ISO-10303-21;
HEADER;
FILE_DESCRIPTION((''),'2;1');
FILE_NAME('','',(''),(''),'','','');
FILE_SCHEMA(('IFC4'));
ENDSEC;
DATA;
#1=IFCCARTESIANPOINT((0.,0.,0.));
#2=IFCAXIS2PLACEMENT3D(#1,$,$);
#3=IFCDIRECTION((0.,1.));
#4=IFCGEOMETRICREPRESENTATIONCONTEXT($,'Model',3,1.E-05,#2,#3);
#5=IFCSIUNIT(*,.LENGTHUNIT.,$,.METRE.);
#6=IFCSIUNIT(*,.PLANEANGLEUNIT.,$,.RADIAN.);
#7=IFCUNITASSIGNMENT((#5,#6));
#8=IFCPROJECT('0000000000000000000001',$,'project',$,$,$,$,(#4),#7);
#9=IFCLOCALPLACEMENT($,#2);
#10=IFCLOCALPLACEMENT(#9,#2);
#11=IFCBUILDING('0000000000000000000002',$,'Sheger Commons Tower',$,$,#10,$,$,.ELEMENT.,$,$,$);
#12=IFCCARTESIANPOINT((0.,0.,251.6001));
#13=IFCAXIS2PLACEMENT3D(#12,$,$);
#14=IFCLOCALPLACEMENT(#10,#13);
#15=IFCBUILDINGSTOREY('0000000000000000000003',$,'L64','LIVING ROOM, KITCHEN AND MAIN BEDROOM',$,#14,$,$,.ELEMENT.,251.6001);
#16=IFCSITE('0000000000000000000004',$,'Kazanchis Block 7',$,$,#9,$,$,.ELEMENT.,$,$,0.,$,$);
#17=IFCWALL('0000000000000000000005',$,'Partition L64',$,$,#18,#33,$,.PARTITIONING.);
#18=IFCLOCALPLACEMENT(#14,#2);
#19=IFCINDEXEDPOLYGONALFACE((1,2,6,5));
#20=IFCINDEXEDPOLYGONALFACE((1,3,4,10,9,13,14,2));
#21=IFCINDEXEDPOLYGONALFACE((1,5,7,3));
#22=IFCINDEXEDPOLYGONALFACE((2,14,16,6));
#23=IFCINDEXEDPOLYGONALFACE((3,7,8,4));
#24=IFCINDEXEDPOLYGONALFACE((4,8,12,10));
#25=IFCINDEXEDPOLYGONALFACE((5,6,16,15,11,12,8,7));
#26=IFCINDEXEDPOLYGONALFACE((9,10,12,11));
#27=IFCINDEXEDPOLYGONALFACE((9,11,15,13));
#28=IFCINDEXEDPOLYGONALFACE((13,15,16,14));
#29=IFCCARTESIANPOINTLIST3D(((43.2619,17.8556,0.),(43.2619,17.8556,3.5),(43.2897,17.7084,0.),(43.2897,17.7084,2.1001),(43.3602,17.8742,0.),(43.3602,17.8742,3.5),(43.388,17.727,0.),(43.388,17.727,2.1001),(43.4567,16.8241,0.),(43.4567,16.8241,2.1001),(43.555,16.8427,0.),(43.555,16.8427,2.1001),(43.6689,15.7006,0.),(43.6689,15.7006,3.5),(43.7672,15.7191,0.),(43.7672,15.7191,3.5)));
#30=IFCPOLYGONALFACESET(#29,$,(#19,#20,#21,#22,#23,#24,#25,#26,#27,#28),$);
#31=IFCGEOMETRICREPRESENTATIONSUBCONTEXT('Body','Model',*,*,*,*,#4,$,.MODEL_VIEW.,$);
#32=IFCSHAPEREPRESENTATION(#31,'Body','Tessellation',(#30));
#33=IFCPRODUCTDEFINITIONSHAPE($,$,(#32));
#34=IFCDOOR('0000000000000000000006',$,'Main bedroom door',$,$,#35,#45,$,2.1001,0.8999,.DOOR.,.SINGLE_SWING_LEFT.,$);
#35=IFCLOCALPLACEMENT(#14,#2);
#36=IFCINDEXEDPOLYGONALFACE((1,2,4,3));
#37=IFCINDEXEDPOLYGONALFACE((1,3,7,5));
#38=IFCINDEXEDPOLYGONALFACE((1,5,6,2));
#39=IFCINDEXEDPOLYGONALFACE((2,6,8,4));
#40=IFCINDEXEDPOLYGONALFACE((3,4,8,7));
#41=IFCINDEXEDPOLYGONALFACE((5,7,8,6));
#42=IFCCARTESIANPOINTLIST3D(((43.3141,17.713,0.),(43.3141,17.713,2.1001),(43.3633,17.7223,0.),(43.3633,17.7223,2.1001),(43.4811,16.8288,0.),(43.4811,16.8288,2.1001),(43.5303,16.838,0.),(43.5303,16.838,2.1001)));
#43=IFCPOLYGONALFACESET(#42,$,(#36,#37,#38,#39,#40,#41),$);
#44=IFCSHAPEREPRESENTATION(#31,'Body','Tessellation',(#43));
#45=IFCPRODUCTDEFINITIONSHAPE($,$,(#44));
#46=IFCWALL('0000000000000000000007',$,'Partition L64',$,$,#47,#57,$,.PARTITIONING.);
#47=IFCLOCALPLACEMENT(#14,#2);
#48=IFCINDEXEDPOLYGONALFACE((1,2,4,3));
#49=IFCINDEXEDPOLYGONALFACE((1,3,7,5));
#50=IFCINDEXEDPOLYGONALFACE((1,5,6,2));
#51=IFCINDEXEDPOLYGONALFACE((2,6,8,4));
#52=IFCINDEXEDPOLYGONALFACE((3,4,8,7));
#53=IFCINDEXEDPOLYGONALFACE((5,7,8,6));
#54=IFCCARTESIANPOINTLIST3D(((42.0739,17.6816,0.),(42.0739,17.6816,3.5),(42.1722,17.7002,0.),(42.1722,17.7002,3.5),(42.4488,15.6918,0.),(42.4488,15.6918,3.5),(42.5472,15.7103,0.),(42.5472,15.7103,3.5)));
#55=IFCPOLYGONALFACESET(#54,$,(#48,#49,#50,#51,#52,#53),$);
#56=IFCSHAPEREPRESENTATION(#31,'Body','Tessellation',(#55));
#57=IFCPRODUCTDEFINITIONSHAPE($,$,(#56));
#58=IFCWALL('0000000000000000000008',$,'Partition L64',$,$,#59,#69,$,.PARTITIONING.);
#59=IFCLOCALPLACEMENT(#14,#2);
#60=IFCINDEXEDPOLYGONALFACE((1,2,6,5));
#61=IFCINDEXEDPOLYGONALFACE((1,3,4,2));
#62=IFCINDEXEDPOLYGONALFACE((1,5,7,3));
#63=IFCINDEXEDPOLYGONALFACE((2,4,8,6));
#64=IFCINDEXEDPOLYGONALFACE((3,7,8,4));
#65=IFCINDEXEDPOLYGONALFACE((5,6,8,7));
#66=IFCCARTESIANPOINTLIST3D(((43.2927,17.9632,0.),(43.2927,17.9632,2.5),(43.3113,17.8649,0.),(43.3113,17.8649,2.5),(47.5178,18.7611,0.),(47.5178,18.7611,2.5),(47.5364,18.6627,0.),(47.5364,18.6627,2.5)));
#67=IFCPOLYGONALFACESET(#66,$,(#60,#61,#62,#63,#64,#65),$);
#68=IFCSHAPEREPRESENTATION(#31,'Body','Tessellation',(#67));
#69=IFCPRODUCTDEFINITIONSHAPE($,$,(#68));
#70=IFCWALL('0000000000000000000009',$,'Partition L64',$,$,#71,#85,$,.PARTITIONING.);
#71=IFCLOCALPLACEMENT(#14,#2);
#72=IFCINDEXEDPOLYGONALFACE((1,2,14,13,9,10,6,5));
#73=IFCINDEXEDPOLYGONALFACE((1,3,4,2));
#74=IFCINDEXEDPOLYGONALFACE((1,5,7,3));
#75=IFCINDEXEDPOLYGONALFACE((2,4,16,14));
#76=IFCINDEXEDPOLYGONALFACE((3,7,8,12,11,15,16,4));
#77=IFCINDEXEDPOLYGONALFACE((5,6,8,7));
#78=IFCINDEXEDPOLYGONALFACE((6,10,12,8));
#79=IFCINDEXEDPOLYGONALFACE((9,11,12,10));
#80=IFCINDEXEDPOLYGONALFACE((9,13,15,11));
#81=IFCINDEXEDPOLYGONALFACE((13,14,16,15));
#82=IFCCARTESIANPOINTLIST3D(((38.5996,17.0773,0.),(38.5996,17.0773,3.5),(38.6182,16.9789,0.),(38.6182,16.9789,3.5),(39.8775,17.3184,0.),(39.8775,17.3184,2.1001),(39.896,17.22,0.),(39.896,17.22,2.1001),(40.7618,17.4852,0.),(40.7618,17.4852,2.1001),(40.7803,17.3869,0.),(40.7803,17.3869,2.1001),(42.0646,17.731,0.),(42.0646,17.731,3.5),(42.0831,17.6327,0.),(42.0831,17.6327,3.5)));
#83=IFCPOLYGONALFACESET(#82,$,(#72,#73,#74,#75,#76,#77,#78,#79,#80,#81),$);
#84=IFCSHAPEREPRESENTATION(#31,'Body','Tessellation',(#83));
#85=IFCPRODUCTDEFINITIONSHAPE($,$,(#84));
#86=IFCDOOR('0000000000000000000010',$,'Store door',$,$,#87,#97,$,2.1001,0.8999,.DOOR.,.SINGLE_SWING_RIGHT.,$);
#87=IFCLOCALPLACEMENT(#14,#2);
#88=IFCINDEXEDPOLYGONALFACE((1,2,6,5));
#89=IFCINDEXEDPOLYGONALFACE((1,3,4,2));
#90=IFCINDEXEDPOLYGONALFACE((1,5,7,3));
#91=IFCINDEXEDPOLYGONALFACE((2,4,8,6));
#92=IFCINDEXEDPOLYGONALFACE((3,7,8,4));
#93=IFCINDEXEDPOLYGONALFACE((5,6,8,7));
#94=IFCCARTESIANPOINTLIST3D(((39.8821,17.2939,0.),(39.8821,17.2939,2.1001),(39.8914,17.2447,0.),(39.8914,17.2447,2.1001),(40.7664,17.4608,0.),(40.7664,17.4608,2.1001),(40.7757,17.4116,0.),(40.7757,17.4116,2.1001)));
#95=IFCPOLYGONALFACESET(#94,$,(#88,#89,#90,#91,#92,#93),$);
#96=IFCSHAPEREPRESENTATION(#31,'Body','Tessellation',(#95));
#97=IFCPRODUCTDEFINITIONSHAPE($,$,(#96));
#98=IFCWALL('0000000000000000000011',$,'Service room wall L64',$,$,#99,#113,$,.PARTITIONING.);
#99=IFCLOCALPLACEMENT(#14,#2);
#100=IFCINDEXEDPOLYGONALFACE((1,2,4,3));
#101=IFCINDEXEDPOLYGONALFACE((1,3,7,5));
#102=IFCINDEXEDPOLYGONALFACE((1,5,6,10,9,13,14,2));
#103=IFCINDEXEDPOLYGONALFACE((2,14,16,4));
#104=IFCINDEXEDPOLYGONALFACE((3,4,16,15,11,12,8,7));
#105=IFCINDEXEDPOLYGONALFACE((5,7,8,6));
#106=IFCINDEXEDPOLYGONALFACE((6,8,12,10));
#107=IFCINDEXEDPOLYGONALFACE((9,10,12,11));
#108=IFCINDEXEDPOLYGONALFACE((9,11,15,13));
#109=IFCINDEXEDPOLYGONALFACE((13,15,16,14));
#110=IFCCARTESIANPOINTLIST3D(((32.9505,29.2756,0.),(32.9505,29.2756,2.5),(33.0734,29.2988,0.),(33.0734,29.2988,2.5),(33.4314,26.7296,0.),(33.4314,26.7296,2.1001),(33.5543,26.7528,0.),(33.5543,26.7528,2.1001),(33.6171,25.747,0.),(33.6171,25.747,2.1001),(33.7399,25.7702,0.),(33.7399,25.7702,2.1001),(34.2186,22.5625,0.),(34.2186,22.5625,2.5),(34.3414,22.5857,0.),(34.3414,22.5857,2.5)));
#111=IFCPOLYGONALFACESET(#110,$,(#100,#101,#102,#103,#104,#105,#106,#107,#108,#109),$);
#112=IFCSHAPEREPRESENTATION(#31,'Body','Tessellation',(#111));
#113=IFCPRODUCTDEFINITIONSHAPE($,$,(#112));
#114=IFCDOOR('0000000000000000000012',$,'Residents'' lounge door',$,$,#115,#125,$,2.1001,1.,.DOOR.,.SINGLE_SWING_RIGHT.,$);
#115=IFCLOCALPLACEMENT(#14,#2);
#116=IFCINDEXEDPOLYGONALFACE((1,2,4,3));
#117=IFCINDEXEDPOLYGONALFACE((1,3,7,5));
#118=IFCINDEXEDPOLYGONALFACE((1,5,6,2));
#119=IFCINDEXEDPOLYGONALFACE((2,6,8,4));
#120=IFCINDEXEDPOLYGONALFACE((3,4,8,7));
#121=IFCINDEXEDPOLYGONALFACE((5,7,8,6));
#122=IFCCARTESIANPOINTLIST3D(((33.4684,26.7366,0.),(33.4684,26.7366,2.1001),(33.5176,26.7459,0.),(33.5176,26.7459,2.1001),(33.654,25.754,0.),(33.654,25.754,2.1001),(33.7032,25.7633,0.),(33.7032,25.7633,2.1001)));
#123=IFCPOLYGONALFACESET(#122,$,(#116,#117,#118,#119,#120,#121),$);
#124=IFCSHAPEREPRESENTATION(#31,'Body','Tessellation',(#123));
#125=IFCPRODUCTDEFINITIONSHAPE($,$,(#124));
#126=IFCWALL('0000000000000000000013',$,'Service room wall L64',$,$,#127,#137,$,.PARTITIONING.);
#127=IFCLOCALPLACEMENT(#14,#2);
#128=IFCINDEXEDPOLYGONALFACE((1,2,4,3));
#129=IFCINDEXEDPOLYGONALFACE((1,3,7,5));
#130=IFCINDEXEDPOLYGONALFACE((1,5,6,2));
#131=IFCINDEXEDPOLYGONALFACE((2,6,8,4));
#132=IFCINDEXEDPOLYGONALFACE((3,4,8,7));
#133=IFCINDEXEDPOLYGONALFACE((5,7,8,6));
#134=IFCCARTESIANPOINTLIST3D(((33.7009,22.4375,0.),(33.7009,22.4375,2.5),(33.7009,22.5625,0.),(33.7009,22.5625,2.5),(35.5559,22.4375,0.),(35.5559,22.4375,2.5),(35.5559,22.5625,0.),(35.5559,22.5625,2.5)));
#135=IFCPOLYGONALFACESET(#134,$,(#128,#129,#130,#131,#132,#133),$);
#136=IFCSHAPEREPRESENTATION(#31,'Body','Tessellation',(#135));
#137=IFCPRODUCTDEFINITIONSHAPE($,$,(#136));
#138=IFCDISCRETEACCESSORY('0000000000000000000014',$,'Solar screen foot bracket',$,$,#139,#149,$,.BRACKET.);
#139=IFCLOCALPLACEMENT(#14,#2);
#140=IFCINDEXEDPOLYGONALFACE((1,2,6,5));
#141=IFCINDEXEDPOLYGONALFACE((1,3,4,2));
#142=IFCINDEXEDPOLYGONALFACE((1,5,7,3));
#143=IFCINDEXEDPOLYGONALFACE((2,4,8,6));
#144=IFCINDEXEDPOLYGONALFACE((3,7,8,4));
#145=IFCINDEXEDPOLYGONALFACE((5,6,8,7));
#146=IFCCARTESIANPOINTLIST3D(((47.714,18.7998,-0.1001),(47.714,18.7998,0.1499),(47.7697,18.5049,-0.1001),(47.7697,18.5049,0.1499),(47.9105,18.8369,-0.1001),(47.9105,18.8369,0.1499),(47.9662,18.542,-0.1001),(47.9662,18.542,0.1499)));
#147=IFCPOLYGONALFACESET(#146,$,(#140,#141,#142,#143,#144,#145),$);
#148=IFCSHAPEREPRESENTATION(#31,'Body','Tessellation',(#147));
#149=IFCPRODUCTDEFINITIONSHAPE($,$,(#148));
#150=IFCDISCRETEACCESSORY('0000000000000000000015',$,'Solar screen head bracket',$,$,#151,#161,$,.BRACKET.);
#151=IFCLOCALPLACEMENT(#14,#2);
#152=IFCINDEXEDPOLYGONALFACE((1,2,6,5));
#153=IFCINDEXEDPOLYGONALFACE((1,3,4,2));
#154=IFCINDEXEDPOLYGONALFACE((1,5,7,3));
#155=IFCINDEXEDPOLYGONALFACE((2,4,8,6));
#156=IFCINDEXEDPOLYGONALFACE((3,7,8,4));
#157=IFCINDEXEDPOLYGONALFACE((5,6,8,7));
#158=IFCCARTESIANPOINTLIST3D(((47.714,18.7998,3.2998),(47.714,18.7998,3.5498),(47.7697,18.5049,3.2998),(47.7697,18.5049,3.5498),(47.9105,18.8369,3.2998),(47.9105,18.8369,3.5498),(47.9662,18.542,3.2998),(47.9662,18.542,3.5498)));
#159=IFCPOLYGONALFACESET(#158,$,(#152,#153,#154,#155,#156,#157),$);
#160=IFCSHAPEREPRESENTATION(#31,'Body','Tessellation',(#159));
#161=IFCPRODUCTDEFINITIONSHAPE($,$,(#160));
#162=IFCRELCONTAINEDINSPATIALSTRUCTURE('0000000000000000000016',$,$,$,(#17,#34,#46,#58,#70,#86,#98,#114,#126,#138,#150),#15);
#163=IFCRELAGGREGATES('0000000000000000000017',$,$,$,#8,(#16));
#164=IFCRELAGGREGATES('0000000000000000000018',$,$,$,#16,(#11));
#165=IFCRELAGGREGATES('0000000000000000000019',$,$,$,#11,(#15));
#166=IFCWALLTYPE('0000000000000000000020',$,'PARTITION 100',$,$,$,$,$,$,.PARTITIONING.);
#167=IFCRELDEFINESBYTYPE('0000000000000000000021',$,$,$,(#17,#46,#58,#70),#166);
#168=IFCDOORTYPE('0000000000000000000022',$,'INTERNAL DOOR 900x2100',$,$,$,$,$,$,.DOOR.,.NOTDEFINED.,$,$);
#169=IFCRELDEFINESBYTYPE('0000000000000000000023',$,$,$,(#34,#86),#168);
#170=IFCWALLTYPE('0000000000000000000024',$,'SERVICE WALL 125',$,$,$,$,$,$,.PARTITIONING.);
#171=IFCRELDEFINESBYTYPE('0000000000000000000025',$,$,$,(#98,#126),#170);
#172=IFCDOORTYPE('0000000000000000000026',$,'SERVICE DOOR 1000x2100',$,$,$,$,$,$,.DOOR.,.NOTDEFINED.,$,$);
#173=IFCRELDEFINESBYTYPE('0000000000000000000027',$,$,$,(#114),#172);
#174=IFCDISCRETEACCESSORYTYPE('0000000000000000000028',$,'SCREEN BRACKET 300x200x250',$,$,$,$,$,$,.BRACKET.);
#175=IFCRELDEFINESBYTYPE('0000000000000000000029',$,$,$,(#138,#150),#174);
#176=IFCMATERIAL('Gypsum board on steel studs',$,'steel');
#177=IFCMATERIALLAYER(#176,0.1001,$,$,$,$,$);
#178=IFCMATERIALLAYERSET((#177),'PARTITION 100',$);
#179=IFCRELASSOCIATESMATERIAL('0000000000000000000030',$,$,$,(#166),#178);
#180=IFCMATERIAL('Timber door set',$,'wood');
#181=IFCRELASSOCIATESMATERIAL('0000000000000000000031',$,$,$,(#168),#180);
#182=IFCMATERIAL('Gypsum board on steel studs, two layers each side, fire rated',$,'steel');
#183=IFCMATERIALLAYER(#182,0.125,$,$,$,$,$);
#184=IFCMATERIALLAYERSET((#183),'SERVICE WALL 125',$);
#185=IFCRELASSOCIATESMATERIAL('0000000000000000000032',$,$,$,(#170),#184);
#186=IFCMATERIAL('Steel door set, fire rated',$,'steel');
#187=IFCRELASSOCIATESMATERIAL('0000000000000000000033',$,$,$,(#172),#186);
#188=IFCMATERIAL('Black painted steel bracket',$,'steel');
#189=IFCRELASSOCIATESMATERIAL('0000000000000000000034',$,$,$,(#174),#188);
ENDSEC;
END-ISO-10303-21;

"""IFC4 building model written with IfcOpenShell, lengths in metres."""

from ifc_helpers import new_model, si_unit, direction, frame, frame_2d, origin, origin_2d, place, context, subcontext, project, spatial, rectangle, extrude, material, layer, layer_set, type_object, element, fill, save


model = new_model("IFC4")

# Units and contexts
model_context = context("Model", 3, precision=1e-05, world=origin(), true_north=direction((0.0, 1.0)))
body_context = subcontext(model_context, "Body", "Model", "MODEL_VIEW")
ifc_project = project(units=[si_unit("LENGTHUNIT", "METRE"), si_unit("PLANEANGLEUNIT", "RADIAN")], contexts=[model_context])

# Site, building, storey
site_placement = place(None, origin())
site = spatial("IfcSite", under=ifc_project, at=site_placement, Name="Kazanchis Block 7", CompositionType="ELEMENT", RefElevation=0.0)
building_placement = place(site_placement, origin())
building = spatial("IfcBuilding", under=site, at=building_placement, Name="Sheger Commons Tower", CompositionType="ELEMENT")
storey_placement = place(building_placement, frame((0.0, 0.0, 251.6001)))
storey = spatial("IfcBuildingStorey", under=building, at=storey_placement, Name="L64", Description="LIVING ROOM, KITCHEN AND MAIN BEDROOM", CompositionType="ELEMENT", Elevation=251.6001)

# Shared definitions
ifc_material_1 = material(Name="Gypsum board on steel studs", Category="steel")
ifc_layer_1 = layer(ifc_material_1, 0.1001)
ifc_layer_set_1 = layer_set([ifc_layer_1], Name="PARTITION 100")
wall_type_1 = type_object("IfcWallType", Name="PARTITION 100", PredefinedType="PARTITIONING", material=ifc_layer_set_1)
ifc_material_2 = material(Name="Timber door set", Category="wood")
door_type_1 = type_object("IfcDoorType", Name="INTERNAL DOOR 900x2100", OperationType="NOTDEFINED", PredefinedType="DOOR", material=ifc_material_2)

# Wall, opening, door
wall_1_placement = place(storey_placement, frame((43.311, 17.865, 0.0), z_axis=(0.0, 0.0, 1.0), x_axis=(0.185572, -0.982631, 0.0)))
wall_1 = element("IfcWall", 1, at=wall_1_placement, inside=storey, type_object=wall_type_1, Name="Partition L64", PredefinedType="PARTITIONING", context=body_context, shape_type="SweptSolid", body=[
    extrude(rectangle(XDim=2.1931, YDim=0.1001, at=frame_2d((1.0967, 0.0))), origin(), (0.0, 0.0, 1.0), 3.5),
])
opening_1_placement = place(wall_1_placement, frame((0.1499, 0.0, 0.0)))
opening_1 = element("IfcOpeningElement", 2, at=opening_1_placement, cuts=wall_1, PredefinedType="OPENING", context=body_context, shape_type="SweptSolid", body=[
    extrude(rectangle(XDim=0.8999, YDim=2.1001, at=frame_2d((0.45, 1.05))), frame((0.0, 0.0601, 0.0), z_axis=(0.0, -1.0, 0.0), x_axis=(1.0, 0.0, 0.0)), (0.0, 0.0, 1.0), 0.1201),
])
door_1_placement = place(opening_1_placement, origin())
door_1 = element("IfcDoor", 3, at=door_1_placement, inside=storey, type_object=door_type_1, Name="Main bedroom door", OperationType="SINGLE_SWING_LEFT", OverallHeight=2.1001, OverallWidth=0.8999, PredefinedType="DOOR", context=body_context, shape_type="SweptSolid", body=[
    extrude(rectangle(XDim=0.8999, YDim=2.1001, at=frame_2d((0.45, 1.05))), frame((0.0, 0.0249, 0.0), z_axis=(0.0, -1.0, 0.0), x_axis=(1.0, 0.0, 0.0)), (0.0, 0.0, 1.0), 0.05),
])
fill(opening_1, door_1)

# Walls
wall_2_placement = place(storey_placement, frame((42.123, 17.6909, 0.0), z_axis=(0.0, 0.0, 1.0), x_axis=(0.185184, -0.982704, 0.0)))
element("IfcWall", 4, at=wall_2_placement, inside=storey, type_object=wall_type_1, Name="Partition L64", PredefinedType="PARTITIONING", context=body_context, shape_type="SweptSolid", body=[
    extrude(rectangle(XDim=2.0249, YDim=0.1001, at=frame_2d((1.0125, 0.0))), origin(), (0.0, 0.0, 1.0), 3.5),
])
wall_3_placement = place(storey_placement, frame((47.5271, 18.7119, 0.0), z_axis=(0.0, 0.0, 1.0), x_axis=(-0.982634, -0.185557, 0.0)))
element("IfcWall", 5, at=wall_3_placement, inside=storey, type_object=wall_type_1, Name="Partition L64", PredefinedType="PARTITIONING", context=body_context, shape_type="SweptSolid", body=[
    extrude(rectangle(XDim=4.2998, YDim=0.1001, at=frame_2d((2.1499, 0.0))), origin(), (0.0, 0.0, 1.0), 2.5),
])

# Walls, openings, doors
wall_4_placement = place(storey_placement, frame((42.074, 17.6819, 0.0), z_axis=(0.0, 0.0, 1.0), x_axis=(-0.982661, -0.185413, 0.0)))
wall_4 = element("IfcWall", 6, at=wall_4_placement, inside=storey, type_object=wall_type_1, Name="Partition L64", PredefinedType="PARTITIONING", context=body_context, shape_type="SweptSolid", body=[
    extrude(rectangle(XDim=3.5261, YDim=0.1001, at=frame_2d((1.7632, 0.0))), origin(), (0.0, 0.0, 1.0), 3.5),
])
opening_2_placement = place(wall_4_placement, frame((1.3259, 0.0, 0.0)))
opening_2 = element("IfcOpeningElement", 7, at=opening_2_placement, cuts=wall_4, PredefinedType="OPENING", context=body_context, shape_type="SweptSolid", body=[
    extrude(rectangle(XDim=0.8999, YDim=2.1001, at=frame_2d((0.45, 1.05))), frame((0.0, 0.0601, 0.0), z_axis=(0.0, -1.0, 0.0), x_axis=(1.0, 0.0, 0.0)), (0.0, 0.0, 1.0), 0.1201),
])
door_2_placement = place(opening_2_placement, origin())
door_2 = element("IfcDoor", 8, at=door_2_placement, inside=storey, type_object=door_type_1, Name="Store door", OperationType="SINGLE_SWING_RIGHT", OverallHeight=2.1001, OverallWidth=0.8999, PredefinedType="DOOR", context=body_context, shape_type="SweptSolid", body=[
    extrude(rectangle(XDim=0.8999, YDim=2.1001, at=frame_2d((0.45, 1.05))), frame((0.0, 0.0249, 0.0), z_axis=(0.0, -1.0, 0.0), x_axis=(1.0, 0.0, 0.0)), (0.0, 0.0, 1.0), 0.05),
])
fill(opening_2, door_2)
ifc_material_3 = material(Name="Gypsum board on steel studs, two layers each side, fire rated", Category="steel")
ifc_layer_2 = layer(ifc_material_3, 0.125)
ifc_layer_set_2 = layer_set([ifc_layer_2], Name="SERVICE WALL 125")
wall_type_2 = type_object("IfcWallType", Name="SERVICE WALL 125", PredefinedType="PARTITIONING", material=ifc_layer_set_2)
wall_5_placement = place(storey_placement, frame((34.28, 22.574, 0.0), z_axis=(0.0, 0.0, 1.0), x_axis=(-0.185611, 0.982623, 0.0)))
wall_5 = element("IfcWall", 9, at=wall_5_placement, inside=storey, type_object=wall_type_2, Name="Service room wall L64", PredefinedType="PARTITIONING", context=body_context, shape_type="SweptSolid", body=[
    extrude(rectangle(XDim=6.8318, YDim=0.125, at=frame_2d((3.416, 0.0))), origin(), (0.0, 0.0, 1.0), 2.5),
])
opening_3_placement = place(wall_5_placement, frame((3.241, 0.0, 0.0)))
opening_3 = element("IfcOpeningElement", 10, at=opening_3_placement, cuts=wall_5, PredefinedType="OPENING", context=body_context, shape_type="SweptSolid", body=[
    extrude(rectangle(XDim=1.0, YDim=2.1001, at=frame_2d((0.5, 1.05))), frame((0.0, 0.0725, 0.0), z_axis=(0.0, -1.0, 0.0), x_axis=(1.0, 0.0, 0.0)), (0.0, 0.0, 1.0), 0.145),
])
ifc_material_4 = material(Name="Steel door set, fire rated", Category="steel")
door_type_2 = type_object("IfcDoorType", Name="SERVICE DOOR 1000x2100", OperationType="NOTDEFINED", PredefinedType="DOOR", material=ifc_material_4)
door_3_placement = place(opening_3_placement, origin())
door_3 = element("IfcDoor", 11, at=door_3_placement, inside=storey, type_object=door_type_2, Name="Residents' lounge door", OperationType="SINGLE_SWING_RIGHT", OverallHeight=2.1001, OverallWidth=1.0, PredefinedType="DOOR", context=body_context, shape_type="SweptSolid", body=[
    extrude(rectangle(XDim=1.0, YDim=2.1001, at=frame_2d((0.5, 1.05))), frame((0.0, 0.0249, 0.0), z_axis=(0.0, -1.0, 0.0), x_axis=(1.0, 0.0, 0.0)), (0.0, 0.0, 1.0), 0.05),
])
fill(opening_3, door_3)

# Wall
wall_6_placement = place(storey_placement, frame((33.7009, 22.5, 0.0), z_axis=(0.0, 0.0, 1.0), x_axis=(1.0, 0.0, 0.0)))
element("IfcWall", 12, at=wall_6_placement, inside=storey, type_object=wall_type_2, Name="Service room wall L64", PredefinedType="PARTITIONING", context=body_context, shape_type="SweptSolid", body=[
    extrude(rectangle(XDim=1.855, YDim=0.125, at=frame_2d((0.9275, 0.0))), origin(), (0.0, 0.0, 1.0), 2.5),
])

# Discrete accessories
ifc_material_5 = material(Name="Black painted steel bracket", Category="steel")
discrete_accessory_type = type_object("IfcDiscreteAccessoryType", Name="SCREEN BRACKET 300x200x250", PredefinedType="BRACKET", material=ifc_material_5)
for number, where, z_axis, x_axis, name in (
    (13, (47.8401, 18.6709, -0.1001), (0.0, 0.0, 1.0), (-0.185615, 0.982623, 0.0), "Solar screen foot bracket"),
    (14, (47.8401, 18.6709, 3.2998), (0.0, 0.0, 1.0), (-0.185615, 0.982623, 0.0), "Solar screen head bracket"),
):
    element("IfcDiscreteAccessory", number, at=place(storey_placement, frame(where, z_axis=z_axis, x_axis=x_axis)), inside=storey, type_object=discrete_accessory_type, Name=name, PredefinedType="BRACKET", context=body_context, shape_type="SweptSolid", body=[
        extrude(rectangle(XDim=0.3, YDim=0.2, at=origin_2d()), origin(), (0.0, 0.0, 1.0), 0.25),
    ])

save(model, "model.ifc")
